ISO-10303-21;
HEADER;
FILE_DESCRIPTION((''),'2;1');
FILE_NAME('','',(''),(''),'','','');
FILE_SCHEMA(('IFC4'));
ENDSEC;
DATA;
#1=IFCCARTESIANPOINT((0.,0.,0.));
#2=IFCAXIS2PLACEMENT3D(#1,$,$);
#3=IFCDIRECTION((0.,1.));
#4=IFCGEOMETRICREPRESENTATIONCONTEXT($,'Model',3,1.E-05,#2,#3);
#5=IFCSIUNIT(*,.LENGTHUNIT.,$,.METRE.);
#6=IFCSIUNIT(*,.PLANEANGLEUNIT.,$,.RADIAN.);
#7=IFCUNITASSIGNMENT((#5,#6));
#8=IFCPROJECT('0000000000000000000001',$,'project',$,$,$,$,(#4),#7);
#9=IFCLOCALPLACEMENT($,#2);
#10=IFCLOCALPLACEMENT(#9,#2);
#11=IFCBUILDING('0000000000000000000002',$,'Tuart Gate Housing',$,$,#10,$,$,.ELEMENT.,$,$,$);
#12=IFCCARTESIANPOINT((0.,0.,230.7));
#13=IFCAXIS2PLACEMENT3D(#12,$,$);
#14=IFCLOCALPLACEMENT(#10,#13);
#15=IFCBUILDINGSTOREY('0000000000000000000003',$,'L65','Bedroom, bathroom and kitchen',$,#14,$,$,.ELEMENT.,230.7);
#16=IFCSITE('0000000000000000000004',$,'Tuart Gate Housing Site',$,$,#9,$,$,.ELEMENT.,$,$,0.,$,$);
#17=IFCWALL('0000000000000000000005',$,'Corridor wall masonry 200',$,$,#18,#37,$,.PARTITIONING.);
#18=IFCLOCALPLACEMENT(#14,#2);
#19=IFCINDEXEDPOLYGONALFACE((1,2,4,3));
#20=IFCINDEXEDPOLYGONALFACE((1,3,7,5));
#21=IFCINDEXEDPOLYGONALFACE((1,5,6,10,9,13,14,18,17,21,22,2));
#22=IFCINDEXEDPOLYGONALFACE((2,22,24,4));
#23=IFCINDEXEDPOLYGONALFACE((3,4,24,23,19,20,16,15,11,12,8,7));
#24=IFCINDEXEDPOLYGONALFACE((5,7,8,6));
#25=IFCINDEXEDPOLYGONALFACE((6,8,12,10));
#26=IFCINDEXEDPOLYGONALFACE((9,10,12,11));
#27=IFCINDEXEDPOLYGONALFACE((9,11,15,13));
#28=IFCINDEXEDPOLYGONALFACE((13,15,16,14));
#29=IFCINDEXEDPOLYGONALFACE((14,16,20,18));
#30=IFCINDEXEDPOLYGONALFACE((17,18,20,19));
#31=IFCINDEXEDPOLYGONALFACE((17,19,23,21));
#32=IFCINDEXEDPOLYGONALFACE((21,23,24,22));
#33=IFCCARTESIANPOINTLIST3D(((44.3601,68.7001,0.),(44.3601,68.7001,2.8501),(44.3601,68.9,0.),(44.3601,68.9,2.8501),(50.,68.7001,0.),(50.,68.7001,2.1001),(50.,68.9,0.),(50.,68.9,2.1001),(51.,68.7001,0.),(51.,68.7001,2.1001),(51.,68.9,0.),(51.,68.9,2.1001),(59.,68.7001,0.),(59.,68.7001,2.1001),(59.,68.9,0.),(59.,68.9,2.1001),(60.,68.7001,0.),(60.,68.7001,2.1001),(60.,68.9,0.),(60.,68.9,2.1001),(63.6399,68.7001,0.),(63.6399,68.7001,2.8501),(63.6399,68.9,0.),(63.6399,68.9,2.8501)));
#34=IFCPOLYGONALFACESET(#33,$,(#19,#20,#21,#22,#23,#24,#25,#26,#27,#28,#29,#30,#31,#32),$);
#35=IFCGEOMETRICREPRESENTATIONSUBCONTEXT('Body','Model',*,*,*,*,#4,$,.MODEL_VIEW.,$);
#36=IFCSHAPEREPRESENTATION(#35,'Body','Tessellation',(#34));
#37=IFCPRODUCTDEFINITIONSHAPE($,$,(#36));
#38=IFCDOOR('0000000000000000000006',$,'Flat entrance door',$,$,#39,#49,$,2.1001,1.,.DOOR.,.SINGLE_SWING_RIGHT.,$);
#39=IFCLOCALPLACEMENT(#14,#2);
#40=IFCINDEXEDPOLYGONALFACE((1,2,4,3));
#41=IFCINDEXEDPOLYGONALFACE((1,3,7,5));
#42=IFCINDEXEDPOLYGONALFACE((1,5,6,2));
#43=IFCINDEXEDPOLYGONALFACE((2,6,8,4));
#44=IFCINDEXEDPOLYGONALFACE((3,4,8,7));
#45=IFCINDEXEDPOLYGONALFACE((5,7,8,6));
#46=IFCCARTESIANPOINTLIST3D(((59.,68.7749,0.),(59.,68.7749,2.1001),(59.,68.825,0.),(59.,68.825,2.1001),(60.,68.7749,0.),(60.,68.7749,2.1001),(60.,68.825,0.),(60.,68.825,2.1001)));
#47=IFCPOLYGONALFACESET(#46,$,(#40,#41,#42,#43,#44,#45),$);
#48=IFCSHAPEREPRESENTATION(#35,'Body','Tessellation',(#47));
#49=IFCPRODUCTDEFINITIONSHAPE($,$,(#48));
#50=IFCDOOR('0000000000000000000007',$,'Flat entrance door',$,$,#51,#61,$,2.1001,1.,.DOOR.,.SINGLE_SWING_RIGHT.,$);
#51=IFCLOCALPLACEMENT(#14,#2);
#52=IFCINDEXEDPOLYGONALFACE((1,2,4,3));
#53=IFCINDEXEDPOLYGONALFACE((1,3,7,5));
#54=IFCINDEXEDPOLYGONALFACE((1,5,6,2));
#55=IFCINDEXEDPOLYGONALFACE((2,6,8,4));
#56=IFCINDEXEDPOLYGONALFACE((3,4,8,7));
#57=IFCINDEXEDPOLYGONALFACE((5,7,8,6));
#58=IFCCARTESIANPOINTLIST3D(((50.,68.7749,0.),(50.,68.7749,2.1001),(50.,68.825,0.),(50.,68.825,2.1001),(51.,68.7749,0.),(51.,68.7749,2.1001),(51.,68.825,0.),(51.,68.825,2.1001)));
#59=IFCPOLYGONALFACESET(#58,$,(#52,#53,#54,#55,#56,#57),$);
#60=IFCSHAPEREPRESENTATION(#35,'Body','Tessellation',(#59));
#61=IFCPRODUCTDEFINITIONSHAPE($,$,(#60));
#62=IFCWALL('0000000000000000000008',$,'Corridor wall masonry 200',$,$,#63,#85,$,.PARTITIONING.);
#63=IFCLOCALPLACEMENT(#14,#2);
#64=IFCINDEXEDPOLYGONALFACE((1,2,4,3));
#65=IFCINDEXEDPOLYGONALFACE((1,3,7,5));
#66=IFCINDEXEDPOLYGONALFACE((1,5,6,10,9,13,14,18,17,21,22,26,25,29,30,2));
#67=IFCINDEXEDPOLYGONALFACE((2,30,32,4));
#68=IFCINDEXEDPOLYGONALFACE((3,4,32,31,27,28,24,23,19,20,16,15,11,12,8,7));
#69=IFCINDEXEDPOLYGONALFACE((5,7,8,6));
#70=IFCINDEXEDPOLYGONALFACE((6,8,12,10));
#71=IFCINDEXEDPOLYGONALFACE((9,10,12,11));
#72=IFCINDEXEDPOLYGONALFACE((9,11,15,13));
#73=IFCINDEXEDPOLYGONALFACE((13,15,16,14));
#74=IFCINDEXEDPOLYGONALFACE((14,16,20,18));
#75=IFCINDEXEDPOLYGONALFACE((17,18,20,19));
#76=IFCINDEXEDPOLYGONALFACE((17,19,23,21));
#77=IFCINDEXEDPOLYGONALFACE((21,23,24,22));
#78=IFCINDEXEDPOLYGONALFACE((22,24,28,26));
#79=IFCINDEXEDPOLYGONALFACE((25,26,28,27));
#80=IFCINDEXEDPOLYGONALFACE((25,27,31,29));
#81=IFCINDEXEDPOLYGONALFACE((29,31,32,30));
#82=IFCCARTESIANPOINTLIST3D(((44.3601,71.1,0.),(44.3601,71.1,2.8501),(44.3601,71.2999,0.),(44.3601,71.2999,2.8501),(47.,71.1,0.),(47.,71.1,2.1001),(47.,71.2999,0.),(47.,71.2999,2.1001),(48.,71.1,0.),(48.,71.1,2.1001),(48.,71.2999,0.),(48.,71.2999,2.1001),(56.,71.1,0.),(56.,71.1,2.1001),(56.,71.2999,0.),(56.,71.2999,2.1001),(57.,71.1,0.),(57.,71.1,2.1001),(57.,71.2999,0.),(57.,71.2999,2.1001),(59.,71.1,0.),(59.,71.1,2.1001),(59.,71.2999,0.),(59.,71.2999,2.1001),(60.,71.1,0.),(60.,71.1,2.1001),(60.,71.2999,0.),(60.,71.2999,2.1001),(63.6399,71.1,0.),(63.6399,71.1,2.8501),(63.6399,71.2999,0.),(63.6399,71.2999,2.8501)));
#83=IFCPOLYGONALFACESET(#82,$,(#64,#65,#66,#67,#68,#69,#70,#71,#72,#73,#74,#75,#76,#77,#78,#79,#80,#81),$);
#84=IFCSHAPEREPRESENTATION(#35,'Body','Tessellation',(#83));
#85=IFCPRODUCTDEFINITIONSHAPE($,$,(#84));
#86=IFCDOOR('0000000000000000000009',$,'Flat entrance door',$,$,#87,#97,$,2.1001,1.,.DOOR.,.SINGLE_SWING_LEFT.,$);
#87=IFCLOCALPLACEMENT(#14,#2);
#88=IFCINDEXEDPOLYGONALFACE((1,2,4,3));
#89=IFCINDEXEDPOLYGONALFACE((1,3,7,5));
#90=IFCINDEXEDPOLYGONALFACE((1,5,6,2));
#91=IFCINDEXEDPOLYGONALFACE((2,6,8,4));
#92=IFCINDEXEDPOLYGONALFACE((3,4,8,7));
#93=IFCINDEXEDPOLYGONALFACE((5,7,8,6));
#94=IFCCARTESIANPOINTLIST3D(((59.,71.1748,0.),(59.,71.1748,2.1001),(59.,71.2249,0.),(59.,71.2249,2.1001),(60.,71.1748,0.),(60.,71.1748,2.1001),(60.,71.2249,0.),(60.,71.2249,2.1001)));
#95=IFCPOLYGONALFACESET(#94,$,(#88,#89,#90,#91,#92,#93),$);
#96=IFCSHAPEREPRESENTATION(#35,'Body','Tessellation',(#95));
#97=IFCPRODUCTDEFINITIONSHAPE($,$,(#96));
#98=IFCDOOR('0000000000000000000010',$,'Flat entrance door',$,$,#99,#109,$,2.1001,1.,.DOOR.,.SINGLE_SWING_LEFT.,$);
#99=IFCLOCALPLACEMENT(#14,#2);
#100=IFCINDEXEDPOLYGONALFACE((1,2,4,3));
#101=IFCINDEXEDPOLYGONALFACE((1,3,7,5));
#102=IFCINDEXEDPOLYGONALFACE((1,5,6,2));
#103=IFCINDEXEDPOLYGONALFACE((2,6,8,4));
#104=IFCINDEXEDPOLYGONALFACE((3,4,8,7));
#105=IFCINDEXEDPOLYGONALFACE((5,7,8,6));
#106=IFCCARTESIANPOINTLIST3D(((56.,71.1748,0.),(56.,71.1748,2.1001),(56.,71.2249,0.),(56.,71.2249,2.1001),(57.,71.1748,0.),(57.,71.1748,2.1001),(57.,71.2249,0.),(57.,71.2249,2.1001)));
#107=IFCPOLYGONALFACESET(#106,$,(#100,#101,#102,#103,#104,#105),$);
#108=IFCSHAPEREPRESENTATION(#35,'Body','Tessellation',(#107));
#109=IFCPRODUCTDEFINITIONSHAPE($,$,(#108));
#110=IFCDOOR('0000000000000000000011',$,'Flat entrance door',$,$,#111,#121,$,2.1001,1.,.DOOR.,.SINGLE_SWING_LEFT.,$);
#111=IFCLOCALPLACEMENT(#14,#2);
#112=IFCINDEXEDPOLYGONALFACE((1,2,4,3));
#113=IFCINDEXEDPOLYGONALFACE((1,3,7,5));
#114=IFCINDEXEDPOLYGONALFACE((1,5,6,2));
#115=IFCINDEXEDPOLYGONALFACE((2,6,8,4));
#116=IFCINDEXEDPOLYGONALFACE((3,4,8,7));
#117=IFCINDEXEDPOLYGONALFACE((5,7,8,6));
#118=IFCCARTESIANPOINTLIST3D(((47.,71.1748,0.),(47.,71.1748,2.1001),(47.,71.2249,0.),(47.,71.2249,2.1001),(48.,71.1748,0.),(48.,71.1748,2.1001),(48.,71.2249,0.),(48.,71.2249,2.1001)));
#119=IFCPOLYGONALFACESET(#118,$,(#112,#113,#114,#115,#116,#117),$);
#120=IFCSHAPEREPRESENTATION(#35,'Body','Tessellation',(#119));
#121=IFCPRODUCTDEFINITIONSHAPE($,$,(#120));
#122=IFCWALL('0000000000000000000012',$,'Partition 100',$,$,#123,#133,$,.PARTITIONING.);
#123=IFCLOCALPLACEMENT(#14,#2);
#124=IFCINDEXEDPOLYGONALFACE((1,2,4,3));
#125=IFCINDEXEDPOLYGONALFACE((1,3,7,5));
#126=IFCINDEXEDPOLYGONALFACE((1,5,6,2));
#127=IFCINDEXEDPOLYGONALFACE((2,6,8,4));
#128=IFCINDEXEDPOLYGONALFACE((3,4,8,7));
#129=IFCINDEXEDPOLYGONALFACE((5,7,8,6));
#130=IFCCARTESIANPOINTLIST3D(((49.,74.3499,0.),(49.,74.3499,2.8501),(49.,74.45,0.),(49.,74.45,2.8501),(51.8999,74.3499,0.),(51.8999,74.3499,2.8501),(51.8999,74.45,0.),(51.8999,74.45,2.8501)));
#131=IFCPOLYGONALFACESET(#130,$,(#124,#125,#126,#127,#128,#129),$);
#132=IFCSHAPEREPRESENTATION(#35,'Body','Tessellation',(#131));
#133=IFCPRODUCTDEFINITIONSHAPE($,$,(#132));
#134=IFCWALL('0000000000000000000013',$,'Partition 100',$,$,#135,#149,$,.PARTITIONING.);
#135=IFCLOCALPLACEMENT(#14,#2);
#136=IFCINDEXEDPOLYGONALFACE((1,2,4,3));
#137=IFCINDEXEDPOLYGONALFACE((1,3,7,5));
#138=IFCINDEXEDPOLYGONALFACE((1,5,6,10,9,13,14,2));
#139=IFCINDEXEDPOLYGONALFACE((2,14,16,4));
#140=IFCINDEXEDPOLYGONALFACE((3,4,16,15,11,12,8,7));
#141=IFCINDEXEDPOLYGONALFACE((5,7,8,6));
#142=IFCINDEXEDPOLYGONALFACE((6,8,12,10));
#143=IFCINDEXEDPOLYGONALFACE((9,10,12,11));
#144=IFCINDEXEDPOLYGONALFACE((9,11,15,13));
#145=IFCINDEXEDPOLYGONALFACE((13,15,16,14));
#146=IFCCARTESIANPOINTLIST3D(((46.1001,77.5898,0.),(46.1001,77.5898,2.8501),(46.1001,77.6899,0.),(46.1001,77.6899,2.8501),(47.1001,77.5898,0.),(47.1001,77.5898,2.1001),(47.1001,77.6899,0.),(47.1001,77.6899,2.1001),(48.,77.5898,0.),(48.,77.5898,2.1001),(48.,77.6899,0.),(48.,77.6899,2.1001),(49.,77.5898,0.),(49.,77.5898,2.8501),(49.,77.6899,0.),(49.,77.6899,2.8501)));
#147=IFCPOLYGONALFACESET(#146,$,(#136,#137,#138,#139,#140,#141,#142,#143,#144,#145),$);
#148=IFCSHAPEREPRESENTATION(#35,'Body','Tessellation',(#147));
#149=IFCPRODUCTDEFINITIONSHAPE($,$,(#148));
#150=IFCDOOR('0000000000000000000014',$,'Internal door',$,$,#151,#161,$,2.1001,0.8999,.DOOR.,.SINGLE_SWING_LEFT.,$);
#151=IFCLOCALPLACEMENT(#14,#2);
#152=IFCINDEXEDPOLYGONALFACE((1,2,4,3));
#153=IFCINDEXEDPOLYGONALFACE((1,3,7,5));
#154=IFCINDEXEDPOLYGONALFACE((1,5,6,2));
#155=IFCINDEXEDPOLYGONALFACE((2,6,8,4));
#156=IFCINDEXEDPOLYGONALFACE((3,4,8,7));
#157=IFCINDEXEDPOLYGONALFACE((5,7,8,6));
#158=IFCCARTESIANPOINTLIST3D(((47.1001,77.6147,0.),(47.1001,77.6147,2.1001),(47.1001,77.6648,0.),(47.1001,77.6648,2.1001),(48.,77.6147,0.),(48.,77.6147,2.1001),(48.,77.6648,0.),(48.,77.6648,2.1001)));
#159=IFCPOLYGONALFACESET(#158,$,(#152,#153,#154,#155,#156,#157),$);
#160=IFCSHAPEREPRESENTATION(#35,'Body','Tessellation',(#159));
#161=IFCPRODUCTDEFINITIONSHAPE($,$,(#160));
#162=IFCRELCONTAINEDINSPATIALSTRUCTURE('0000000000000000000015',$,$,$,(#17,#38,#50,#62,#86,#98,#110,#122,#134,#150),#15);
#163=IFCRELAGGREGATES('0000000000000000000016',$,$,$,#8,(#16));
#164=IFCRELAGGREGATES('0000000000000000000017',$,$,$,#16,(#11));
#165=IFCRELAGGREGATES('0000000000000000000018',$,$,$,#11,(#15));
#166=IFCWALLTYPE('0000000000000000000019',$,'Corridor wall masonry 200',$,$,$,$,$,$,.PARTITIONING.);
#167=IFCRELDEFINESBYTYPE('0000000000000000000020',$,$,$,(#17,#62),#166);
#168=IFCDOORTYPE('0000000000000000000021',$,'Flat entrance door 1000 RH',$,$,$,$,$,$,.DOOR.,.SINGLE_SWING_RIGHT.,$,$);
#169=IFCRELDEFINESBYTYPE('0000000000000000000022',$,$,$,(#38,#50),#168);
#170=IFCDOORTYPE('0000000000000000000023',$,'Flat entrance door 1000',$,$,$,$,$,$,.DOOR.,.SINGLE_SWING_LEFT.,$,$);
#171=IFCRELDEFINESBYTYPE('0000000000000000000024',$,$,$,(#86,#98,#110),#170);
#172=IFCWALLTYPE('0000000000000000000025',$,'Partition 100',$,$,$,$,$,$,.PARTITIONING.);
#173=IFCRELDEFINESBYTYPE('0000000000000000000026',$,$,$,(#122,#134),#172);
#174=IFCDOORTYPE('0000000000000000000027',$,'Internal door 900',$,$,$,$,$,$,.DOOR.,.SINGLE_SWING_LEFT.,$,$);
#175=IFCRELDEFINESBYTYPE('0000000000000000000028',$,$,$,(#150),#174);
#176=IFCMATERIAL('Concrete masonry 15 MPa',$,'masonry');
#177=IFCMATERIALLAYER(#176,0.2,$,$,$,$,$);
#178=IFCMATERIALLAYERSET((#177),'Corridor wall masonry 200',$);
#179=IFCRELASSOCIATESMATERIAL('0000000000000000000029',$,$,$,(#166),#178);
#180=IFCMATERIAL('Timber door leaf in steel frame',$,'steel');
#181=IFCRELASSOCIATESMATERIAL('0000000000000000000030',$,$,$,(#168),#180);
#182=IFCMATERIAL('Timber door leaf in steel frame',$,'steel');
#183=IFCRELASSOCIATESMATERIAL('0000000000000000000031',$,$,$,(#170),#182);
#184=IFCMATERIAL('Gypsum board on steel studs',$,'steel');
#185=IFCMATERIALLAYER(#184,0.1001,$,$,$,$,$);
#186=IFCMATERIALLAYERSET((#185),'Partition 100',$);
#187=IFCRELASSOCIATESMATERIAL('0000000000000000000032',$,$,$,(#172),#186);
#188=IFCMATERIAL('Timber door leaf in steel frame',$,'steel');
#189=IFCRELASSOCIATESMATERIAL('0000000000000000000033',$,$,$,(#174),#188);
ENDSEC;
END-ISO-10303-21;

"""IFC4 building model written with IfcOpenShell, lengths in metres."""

from ifc_helpers import new_model, si_unit, direction, frame, frame_2d, origin, place, context, subcontext, project, spatial, rectangle, extrude, material, layer, layer_set, type_object, element, fill, save


model = new_model("IFC4")

# Units and contexts
model_context = context("Model", 3, precision=1e-05, world=origin(), true_north=direction((0.0, 1.0)))
body_context = subcontext(model_context, "Body", "Model", "MODEL_VIEW")
ifc_project = project(units=[si_unit("LENGTHUNIT", "METRE"), si_unit("PLANEANGLEUNIT", "RADIAN")], contexts=[model_context])

# Site, building, storey
site_placement = place(None, origin())
site = spatial("IfcSite", under=ifc_project, at=site_placement, Name="Tuart Gate Housing Site", CompositionType="ELEMENT", RefElevation=0.0)
building_placement = place(site_placement, origin())
building = spatial("IfcBuilding", under=site, at=building_placement, Name="Tuart Gate Housing", CompositionType="ELEMENT")
storey_placement = place(building_placement, frame((0.0, 0.0, 230.7)))
storey = spatial("IfcBuildingStorey", under=building, at=storey_placement, Name="L65", Description="Bedroom, bathroom and kitchen", CompositionType="ELEMENT", Elevation=230.7)

# Walls, openings, doors
ifc_material_1 = material(Name="Concrete masonry 15 MPa", Category="masonry")
ifc_layer_1 = layer(ifc_material_1, 0.2)
ifc_layer_set_1 = layer_set([ifc_layer_1], Name="Corridor wall masonry 200")
wall_type_1 = type_object("IfcWallType", Name="Corridor wall masonry 200", PredefinedType="PARTITIONING", material=ifc_layer_set_1)
wall_1_placement = place(storey_placement, frame((44.3601, 68.8, 0.0), z_axis=(0.0, 0.0, 1.0), x_axis=(1.0, 0.0, 0.0)))
wall_1 = element("IfcWall", 1, at=wall_1_placement, inside=storey, type_object=wall_type_1, Name="Corridor wall masonry 200", PredefinedType="PARTITIONING", context=body_context, shape_type="SweptSolid", body=[
    extrude(rectangle(XDim=19.2798, YDim=0.2, at=frame_2d((9.6399, 0.0))), origin(), (0.0, 0.0, 1.0), 2.8501),
])
opening_1_placement = place(wall_1_placement, frame((14.6399, 0.0, 0.0)))
opening_1 = element("IfcOpeningElement", 2, at=opening_1_placement, cuts=wall_1, PredefinedType="OPENING", context=body_context, shape_type="SweptSolid", body=[
    extrude(rectangle(XDim=1.0, YDim=2.1001, at=frame_2d((0.5, 1.05))), frame((0.0, 0.1099, 0.0), z_axis=(0.0, -1.0, 0.0), x_axis=(1.0, 0.0, 0.0)), (0.0, 0.0, 1.0), 0.22),
])
opening_2_placement = place(wall_1_placement, frame((5.6399, 0.0, 0.0)))
opening_2 = element("IfcOpeningElement", 3, at=opening_2_placement, cuts=wall_1, PredefinedType="OPENING", context=body_context, shape_type="SweptSolid", body=[
    extrude(rectangle(XDim=1.0, YDim=2.1001, at=frame_2d((0.5, 1.05))), frame((0.0, 0.1099, 0.0), z_axis=(0.0, -1.0, 0.0), x_axis=(1.0, 0.0, 0.0)), (0.0, 0.0, 1.0), 0.22),
])
ifc_material_2 = material(Name="Timber door leaf in steel frame", Category="steel")
door_type_1 = type_object("IfcDoorType", Name="Flat entrance door 1000 RH", OperationType="SINGLE_SWING_RIGHT", PredefinedType="DOOR", material=ifc_material_2)
door_1_placement = place(opening_1_placement, frame((1.0, 0.0, 0.0), z_axis=(0.0, 0.0, 1.0), x_axis=(-1.0, 0.0, 0.0)))
door_1 = element("IfcDoor", 4, at=door_1_placement, inside=storey, type_object=door_type_1, Name="Flat entrance door", OperationType="SINGLE_SWING_RIGHT", OverallHeight=2.1001, OverallWidth=1.0, PredefinedType="DOOR", context=body_context, shape_type="SweptSolid", body=[
    extrude(rectangle(XDim=1.0, YDim=2.1001, at=frame_2d((0.5, 1.05))), frame((0.0, 0.0251, 0.0), z_axis=(0.0, -1.0, 0.0), x_axis=(1.0, 0.0, 0.0)), (0.0, 0.0, 1.0), 0.05),
])
fill(opening_1, door_1)
door_2_placement = place(opening_2_placement, frame((1.0, 0.0, 0.0), z_axis=(0.0, 0.0, 1.0), x_axis=(-1.0, 0.0, 0.0)))
door_2 = element("IfcDoor", 5, at=door_2_placement, inside=storey, type_object=door_type_1, Name="Flat entrance door", OperationType="SINGLE_SWING_RIGHT", OverallHeight=2.1001, OverallWidth=1.0, PredefinedType="DOOR", context=body_context, shape_type="SweptSolid", body=[
    extrude(rectangle(XDim=1.0, YDim=2.1001, at=frame_2d((0.5, 1.05))), frame((0.0, 0.0251, 0.0), z_axis=(0.0, -1.0, 0.0), x_axis=(1.0, 0.0, 0.0)), (0.0, 0.0, 1.0), 0.05),
])
fill(opening_2, door_2)
wall_2_placement = place(storey_placement, frame((44.3601, 71.2, 0.0), z_axis=(0.0, 0.0, 1.0), x_axis=(1.0, 0.0, 0.0)))
wall_2 = element("IfcWall", 6, at=wall_2_placement, inside=storey, type_object=wall_type_1, Name="Corridor wall masonry 200", PredefinedType="PARTITIONING", context=body_context, shape_type="SweptSolid", body=[
    extrude(rectangle(XDim=19.2798, YDim=0.2, at=frame_2d((9.6399, 0.0))), origin(), (0.0, 0.0, 1.0), 2.8501),
])
opening_3_placement = place(wall_2_placement, frame((14.6399, 0.0, 0.0)))
opening_3 = element("IfcOpeningElement", 7, at=opening_3_placement, cuts=wall_2, PredefinedType="OPENING", context=body_context, shape_type="SweptSolid", body=[
    extrude(rectangle(XDim=1.0, YDim=2.1001, at=frame_2d((0.5, 1.05))), frame((0.0, 0.1099, 0.0), z_axis=(0.0, -1.0, 0.0), x_axis=(1.0, 0.0, 0.0)), (0.0, 0.0, 1.0), 0.22),
])
opening_4_placement = place(wall_2_placement, frame((11.6399, 0.0, 0.0)))
opening_4 = element("IfcOpeningElement", 8, at=opening_4_placement, cuts=wall_2, PredefinedType="OPENING", context=body_context, shape_type="SweptSolid", body=[
    extrude(rectangle(XDim=1.0, YDim=2.1001, at=frame_2d((0.5, 1.05))), frame((0.0, 0.1099, 0.0), z_axis=(0.0, -1.0, 0.0), x_axis=(1.0, 0.0, 0.0)), (0.0, 0.0, 1.0), 0.22),
])
opening_5_placement = place(wall_2_placement, frame((2.6399, 0.0, 0.0)))
opening_5 = element("IfcOpeningElement", 9, at=opening_5_placement, cuts=wall_2, PredefinedType="OPENING", context=body_context, shape_type="SweptSolid", body=[
    extrude(rectangle(XDim=1.0, YDim=2.1001, at=frame_2d((0.5, 1.05))), frame((0.0, 0.1099, 0.0), z_axis=(0.0, -1.0, 0.0), x_axis=(1.0, 0.0, 0.0)), (0.0, 0.0, 1.0), 0.22),
])
ifc_material_3 = material(Name="Timber door leaf in steel frame", Category="steel")
door_type_2 = type_object("IfcDoorType", Name="Flat entrance door 1000", OperationType="SINGLE_SWING_LEFT", PredefinedType="DOOR", material=ifc_material_3)
door_3_placement = place(opening_3_placement, origin())
door_3 = element("IfcDoor", 10, at=door_3_placement, inside=storey, type_object=door_type_2, Name="Flat entrance door", OperationType="SINGLE_SWING_LEFT", OverallHeight=2.1001, OverallWidth=1.0, PredefinedType="DOOR", context=body_context, shape_type="SweptSolid", body=[
    extrude(rectangle(XDim=1.0, YDim=2.1001, at=frame_2d((0.5, 1.05))), frame((0.0, 0.0249, 0.0), z_axis=(0.0, -1.0, 0.0), x_axis=(1.0, 0.0, 0.0)), (0.0, 0.0, 1.0), 0.05),
])
fill(opening_3, door_3)
door_4_placement = place(opening_4_placement, origin())
door_4 = element("IfcDoor", 11, at=door_4_placement, inside=storey, type_object=door_type_2, Name="Flat entrance door", OperationType="SINGLE_SWING_LEFT", OverallHeight=2.1001, OverallWidth=1.0, PredefinedType="DOOR", context=body_context, shape_type="SweptSolid", body=[
    extrude(rectangle(XDim=1.0, YDim=2.1001, at=frame_2d((0.5, 1.05))), frame((0.0, 0.0249, 0.0), z_axis=(0.0, -1.0, 0.0), x_axis=(1.0, 0.0, 0.0)), (0.0, 0.0, 1.0), 0.05),
])
fill(opening_4, door_4)
door_5_placement = place(opening_5_placement, origin())
door_5 = element("IfcDoor", 12, at=door_5_placement, inside=storey, type_object=door_type_2, Name="Flat entrance door", OperationType="SINGLE_SWING_LEFT", OverallHeight=2.1001, OverallWidth=1.0, PredefinedType="DOOR", context=body_context, shape_type="SweptSolid", body=[
    extrude(rectangle(XDim=1.0, YDim=2.1001, at=frame_2d((0.5, 1.05))), frame((0.0, 0.0249, 0.0), z_axis=(0.0, -1.0, 0.0), x_axis=(1.0, 0.0, 0.0)), (0.0, 0.0, 1.0), 0.05),
])
fill(opening_5, door_5)

# Wall
ifc_material_4 = material(Name="Gypsum board on steel studs", Category="steel")
ifc_layer_2 = layer(ifc_material_4, 0.1001)
ifc_layer_set_2 = layer_set([ifc_layer_2], Name="Partition 100")
wall_type_2 = type_object("IfcWallType", Name="Partition 100", PredefinedType="PARTITIONING", material=ifc_layer_set_2)
wall_3_placement = place(storey_placement, frame((49.0, 74.3999, 0.0), z_axis=(0.0, 0.0, 1.0), x_axis=(1.0, 0.0, 0.0)))
element("IfcWall", 13, at=wall_3_placement, inside=storey, type_object=wall_type_2, Name="Partition 100", PredefinedType="PARTITIONING", context=body_context, shape_type="SweptSolid", body=[
    extrude(rectangle(XDim=2.8999, YDim=0.1001, at=frame_2d((1.45, 0.0))), origin(), (0.0, 0.0, 1.0), 2.8501),
])

# Wall, opening, door
wall_4_placement = place(storey_placement, frame((46.1001, 77.6399, 0.0), z_axis=(0.0, 0.0, 1.0), x_axis=(1.0, 0.0, 0.0)))
wall_4 = element("IfcWall", 14, at=wall_4_placement, inside=storey, type_object=wall_type_2, Name="Partition 100", PredefinedType="PARTITIONING", context=body_context, shape_type="SweptSolid", body=[
    extrude(rectangle(XDim=2.8999, YDim=0.1001, at=frame_2d((1.45, 0.0))), origin(), (0.0, 0.0, 1.0), 2.8501),
])
opening_6_placement = place(wall_4_placement, frame((1.0, 0.0, 0.0)))
opening_6 = element("IfcOpeningElement", 15, at=opening_6_placement, cuts=wall_4, PredefinedType="OPENING", context=body_context, shape_type="SweptSolid", body=[
    extrude(rectangle(XDim=0.8999, YDim=2.1001, at=frame_2d((0.45, 1.05))), frame((0.0, 0.0601, 0.0), z_axis=(0.0, -1.0, 0.0), x_axis=(1.0, 0.0, 0.0)), (0.0, 0.0, 1.0), 0.1201),
])
ifc_material_5 = material(Name="Timber door leaf in steel frame", Category="steel")
door_type_3 = type_object("IfcDoorType", Name="Internal door 900", OperationType="SINGLE_SWING_LEFT", PredefinedType="DOOR", material=ifc_material_5)
door_6_placement = place(opening_6_placement, frame((0.8999, 0.0, 0.0), z_axis=(0.0, 0.0, 1.0), x_axis=(-1.0, 0.0, 0.0)))
door_6 = element("IfcDoor", 16, at=door_6_placement, inside=storey, type_object=door_type_3, Name="Internal door", OperationType="SINGLE_SWING_LEFT", OverallHeight=2.1001, OverallWidth=0.8999, PredefinedType="DOOR", context=body_context, shape_type="SweptSolid", body=[
    extrude(rectangle(XDim=0.8999, YDim=2.1001, at=frame_2d((0.45, 1.05))), frame((0.0, 0.0251, 0.0), z_axis=(0.0, -1.0, 0.0), x_axis=(1.0, 0.0, 0.0)), (0.0, 0.0, 1.0), 0.05),
])
fill(opening_6, door_6)

save(model, "model.ifc")
